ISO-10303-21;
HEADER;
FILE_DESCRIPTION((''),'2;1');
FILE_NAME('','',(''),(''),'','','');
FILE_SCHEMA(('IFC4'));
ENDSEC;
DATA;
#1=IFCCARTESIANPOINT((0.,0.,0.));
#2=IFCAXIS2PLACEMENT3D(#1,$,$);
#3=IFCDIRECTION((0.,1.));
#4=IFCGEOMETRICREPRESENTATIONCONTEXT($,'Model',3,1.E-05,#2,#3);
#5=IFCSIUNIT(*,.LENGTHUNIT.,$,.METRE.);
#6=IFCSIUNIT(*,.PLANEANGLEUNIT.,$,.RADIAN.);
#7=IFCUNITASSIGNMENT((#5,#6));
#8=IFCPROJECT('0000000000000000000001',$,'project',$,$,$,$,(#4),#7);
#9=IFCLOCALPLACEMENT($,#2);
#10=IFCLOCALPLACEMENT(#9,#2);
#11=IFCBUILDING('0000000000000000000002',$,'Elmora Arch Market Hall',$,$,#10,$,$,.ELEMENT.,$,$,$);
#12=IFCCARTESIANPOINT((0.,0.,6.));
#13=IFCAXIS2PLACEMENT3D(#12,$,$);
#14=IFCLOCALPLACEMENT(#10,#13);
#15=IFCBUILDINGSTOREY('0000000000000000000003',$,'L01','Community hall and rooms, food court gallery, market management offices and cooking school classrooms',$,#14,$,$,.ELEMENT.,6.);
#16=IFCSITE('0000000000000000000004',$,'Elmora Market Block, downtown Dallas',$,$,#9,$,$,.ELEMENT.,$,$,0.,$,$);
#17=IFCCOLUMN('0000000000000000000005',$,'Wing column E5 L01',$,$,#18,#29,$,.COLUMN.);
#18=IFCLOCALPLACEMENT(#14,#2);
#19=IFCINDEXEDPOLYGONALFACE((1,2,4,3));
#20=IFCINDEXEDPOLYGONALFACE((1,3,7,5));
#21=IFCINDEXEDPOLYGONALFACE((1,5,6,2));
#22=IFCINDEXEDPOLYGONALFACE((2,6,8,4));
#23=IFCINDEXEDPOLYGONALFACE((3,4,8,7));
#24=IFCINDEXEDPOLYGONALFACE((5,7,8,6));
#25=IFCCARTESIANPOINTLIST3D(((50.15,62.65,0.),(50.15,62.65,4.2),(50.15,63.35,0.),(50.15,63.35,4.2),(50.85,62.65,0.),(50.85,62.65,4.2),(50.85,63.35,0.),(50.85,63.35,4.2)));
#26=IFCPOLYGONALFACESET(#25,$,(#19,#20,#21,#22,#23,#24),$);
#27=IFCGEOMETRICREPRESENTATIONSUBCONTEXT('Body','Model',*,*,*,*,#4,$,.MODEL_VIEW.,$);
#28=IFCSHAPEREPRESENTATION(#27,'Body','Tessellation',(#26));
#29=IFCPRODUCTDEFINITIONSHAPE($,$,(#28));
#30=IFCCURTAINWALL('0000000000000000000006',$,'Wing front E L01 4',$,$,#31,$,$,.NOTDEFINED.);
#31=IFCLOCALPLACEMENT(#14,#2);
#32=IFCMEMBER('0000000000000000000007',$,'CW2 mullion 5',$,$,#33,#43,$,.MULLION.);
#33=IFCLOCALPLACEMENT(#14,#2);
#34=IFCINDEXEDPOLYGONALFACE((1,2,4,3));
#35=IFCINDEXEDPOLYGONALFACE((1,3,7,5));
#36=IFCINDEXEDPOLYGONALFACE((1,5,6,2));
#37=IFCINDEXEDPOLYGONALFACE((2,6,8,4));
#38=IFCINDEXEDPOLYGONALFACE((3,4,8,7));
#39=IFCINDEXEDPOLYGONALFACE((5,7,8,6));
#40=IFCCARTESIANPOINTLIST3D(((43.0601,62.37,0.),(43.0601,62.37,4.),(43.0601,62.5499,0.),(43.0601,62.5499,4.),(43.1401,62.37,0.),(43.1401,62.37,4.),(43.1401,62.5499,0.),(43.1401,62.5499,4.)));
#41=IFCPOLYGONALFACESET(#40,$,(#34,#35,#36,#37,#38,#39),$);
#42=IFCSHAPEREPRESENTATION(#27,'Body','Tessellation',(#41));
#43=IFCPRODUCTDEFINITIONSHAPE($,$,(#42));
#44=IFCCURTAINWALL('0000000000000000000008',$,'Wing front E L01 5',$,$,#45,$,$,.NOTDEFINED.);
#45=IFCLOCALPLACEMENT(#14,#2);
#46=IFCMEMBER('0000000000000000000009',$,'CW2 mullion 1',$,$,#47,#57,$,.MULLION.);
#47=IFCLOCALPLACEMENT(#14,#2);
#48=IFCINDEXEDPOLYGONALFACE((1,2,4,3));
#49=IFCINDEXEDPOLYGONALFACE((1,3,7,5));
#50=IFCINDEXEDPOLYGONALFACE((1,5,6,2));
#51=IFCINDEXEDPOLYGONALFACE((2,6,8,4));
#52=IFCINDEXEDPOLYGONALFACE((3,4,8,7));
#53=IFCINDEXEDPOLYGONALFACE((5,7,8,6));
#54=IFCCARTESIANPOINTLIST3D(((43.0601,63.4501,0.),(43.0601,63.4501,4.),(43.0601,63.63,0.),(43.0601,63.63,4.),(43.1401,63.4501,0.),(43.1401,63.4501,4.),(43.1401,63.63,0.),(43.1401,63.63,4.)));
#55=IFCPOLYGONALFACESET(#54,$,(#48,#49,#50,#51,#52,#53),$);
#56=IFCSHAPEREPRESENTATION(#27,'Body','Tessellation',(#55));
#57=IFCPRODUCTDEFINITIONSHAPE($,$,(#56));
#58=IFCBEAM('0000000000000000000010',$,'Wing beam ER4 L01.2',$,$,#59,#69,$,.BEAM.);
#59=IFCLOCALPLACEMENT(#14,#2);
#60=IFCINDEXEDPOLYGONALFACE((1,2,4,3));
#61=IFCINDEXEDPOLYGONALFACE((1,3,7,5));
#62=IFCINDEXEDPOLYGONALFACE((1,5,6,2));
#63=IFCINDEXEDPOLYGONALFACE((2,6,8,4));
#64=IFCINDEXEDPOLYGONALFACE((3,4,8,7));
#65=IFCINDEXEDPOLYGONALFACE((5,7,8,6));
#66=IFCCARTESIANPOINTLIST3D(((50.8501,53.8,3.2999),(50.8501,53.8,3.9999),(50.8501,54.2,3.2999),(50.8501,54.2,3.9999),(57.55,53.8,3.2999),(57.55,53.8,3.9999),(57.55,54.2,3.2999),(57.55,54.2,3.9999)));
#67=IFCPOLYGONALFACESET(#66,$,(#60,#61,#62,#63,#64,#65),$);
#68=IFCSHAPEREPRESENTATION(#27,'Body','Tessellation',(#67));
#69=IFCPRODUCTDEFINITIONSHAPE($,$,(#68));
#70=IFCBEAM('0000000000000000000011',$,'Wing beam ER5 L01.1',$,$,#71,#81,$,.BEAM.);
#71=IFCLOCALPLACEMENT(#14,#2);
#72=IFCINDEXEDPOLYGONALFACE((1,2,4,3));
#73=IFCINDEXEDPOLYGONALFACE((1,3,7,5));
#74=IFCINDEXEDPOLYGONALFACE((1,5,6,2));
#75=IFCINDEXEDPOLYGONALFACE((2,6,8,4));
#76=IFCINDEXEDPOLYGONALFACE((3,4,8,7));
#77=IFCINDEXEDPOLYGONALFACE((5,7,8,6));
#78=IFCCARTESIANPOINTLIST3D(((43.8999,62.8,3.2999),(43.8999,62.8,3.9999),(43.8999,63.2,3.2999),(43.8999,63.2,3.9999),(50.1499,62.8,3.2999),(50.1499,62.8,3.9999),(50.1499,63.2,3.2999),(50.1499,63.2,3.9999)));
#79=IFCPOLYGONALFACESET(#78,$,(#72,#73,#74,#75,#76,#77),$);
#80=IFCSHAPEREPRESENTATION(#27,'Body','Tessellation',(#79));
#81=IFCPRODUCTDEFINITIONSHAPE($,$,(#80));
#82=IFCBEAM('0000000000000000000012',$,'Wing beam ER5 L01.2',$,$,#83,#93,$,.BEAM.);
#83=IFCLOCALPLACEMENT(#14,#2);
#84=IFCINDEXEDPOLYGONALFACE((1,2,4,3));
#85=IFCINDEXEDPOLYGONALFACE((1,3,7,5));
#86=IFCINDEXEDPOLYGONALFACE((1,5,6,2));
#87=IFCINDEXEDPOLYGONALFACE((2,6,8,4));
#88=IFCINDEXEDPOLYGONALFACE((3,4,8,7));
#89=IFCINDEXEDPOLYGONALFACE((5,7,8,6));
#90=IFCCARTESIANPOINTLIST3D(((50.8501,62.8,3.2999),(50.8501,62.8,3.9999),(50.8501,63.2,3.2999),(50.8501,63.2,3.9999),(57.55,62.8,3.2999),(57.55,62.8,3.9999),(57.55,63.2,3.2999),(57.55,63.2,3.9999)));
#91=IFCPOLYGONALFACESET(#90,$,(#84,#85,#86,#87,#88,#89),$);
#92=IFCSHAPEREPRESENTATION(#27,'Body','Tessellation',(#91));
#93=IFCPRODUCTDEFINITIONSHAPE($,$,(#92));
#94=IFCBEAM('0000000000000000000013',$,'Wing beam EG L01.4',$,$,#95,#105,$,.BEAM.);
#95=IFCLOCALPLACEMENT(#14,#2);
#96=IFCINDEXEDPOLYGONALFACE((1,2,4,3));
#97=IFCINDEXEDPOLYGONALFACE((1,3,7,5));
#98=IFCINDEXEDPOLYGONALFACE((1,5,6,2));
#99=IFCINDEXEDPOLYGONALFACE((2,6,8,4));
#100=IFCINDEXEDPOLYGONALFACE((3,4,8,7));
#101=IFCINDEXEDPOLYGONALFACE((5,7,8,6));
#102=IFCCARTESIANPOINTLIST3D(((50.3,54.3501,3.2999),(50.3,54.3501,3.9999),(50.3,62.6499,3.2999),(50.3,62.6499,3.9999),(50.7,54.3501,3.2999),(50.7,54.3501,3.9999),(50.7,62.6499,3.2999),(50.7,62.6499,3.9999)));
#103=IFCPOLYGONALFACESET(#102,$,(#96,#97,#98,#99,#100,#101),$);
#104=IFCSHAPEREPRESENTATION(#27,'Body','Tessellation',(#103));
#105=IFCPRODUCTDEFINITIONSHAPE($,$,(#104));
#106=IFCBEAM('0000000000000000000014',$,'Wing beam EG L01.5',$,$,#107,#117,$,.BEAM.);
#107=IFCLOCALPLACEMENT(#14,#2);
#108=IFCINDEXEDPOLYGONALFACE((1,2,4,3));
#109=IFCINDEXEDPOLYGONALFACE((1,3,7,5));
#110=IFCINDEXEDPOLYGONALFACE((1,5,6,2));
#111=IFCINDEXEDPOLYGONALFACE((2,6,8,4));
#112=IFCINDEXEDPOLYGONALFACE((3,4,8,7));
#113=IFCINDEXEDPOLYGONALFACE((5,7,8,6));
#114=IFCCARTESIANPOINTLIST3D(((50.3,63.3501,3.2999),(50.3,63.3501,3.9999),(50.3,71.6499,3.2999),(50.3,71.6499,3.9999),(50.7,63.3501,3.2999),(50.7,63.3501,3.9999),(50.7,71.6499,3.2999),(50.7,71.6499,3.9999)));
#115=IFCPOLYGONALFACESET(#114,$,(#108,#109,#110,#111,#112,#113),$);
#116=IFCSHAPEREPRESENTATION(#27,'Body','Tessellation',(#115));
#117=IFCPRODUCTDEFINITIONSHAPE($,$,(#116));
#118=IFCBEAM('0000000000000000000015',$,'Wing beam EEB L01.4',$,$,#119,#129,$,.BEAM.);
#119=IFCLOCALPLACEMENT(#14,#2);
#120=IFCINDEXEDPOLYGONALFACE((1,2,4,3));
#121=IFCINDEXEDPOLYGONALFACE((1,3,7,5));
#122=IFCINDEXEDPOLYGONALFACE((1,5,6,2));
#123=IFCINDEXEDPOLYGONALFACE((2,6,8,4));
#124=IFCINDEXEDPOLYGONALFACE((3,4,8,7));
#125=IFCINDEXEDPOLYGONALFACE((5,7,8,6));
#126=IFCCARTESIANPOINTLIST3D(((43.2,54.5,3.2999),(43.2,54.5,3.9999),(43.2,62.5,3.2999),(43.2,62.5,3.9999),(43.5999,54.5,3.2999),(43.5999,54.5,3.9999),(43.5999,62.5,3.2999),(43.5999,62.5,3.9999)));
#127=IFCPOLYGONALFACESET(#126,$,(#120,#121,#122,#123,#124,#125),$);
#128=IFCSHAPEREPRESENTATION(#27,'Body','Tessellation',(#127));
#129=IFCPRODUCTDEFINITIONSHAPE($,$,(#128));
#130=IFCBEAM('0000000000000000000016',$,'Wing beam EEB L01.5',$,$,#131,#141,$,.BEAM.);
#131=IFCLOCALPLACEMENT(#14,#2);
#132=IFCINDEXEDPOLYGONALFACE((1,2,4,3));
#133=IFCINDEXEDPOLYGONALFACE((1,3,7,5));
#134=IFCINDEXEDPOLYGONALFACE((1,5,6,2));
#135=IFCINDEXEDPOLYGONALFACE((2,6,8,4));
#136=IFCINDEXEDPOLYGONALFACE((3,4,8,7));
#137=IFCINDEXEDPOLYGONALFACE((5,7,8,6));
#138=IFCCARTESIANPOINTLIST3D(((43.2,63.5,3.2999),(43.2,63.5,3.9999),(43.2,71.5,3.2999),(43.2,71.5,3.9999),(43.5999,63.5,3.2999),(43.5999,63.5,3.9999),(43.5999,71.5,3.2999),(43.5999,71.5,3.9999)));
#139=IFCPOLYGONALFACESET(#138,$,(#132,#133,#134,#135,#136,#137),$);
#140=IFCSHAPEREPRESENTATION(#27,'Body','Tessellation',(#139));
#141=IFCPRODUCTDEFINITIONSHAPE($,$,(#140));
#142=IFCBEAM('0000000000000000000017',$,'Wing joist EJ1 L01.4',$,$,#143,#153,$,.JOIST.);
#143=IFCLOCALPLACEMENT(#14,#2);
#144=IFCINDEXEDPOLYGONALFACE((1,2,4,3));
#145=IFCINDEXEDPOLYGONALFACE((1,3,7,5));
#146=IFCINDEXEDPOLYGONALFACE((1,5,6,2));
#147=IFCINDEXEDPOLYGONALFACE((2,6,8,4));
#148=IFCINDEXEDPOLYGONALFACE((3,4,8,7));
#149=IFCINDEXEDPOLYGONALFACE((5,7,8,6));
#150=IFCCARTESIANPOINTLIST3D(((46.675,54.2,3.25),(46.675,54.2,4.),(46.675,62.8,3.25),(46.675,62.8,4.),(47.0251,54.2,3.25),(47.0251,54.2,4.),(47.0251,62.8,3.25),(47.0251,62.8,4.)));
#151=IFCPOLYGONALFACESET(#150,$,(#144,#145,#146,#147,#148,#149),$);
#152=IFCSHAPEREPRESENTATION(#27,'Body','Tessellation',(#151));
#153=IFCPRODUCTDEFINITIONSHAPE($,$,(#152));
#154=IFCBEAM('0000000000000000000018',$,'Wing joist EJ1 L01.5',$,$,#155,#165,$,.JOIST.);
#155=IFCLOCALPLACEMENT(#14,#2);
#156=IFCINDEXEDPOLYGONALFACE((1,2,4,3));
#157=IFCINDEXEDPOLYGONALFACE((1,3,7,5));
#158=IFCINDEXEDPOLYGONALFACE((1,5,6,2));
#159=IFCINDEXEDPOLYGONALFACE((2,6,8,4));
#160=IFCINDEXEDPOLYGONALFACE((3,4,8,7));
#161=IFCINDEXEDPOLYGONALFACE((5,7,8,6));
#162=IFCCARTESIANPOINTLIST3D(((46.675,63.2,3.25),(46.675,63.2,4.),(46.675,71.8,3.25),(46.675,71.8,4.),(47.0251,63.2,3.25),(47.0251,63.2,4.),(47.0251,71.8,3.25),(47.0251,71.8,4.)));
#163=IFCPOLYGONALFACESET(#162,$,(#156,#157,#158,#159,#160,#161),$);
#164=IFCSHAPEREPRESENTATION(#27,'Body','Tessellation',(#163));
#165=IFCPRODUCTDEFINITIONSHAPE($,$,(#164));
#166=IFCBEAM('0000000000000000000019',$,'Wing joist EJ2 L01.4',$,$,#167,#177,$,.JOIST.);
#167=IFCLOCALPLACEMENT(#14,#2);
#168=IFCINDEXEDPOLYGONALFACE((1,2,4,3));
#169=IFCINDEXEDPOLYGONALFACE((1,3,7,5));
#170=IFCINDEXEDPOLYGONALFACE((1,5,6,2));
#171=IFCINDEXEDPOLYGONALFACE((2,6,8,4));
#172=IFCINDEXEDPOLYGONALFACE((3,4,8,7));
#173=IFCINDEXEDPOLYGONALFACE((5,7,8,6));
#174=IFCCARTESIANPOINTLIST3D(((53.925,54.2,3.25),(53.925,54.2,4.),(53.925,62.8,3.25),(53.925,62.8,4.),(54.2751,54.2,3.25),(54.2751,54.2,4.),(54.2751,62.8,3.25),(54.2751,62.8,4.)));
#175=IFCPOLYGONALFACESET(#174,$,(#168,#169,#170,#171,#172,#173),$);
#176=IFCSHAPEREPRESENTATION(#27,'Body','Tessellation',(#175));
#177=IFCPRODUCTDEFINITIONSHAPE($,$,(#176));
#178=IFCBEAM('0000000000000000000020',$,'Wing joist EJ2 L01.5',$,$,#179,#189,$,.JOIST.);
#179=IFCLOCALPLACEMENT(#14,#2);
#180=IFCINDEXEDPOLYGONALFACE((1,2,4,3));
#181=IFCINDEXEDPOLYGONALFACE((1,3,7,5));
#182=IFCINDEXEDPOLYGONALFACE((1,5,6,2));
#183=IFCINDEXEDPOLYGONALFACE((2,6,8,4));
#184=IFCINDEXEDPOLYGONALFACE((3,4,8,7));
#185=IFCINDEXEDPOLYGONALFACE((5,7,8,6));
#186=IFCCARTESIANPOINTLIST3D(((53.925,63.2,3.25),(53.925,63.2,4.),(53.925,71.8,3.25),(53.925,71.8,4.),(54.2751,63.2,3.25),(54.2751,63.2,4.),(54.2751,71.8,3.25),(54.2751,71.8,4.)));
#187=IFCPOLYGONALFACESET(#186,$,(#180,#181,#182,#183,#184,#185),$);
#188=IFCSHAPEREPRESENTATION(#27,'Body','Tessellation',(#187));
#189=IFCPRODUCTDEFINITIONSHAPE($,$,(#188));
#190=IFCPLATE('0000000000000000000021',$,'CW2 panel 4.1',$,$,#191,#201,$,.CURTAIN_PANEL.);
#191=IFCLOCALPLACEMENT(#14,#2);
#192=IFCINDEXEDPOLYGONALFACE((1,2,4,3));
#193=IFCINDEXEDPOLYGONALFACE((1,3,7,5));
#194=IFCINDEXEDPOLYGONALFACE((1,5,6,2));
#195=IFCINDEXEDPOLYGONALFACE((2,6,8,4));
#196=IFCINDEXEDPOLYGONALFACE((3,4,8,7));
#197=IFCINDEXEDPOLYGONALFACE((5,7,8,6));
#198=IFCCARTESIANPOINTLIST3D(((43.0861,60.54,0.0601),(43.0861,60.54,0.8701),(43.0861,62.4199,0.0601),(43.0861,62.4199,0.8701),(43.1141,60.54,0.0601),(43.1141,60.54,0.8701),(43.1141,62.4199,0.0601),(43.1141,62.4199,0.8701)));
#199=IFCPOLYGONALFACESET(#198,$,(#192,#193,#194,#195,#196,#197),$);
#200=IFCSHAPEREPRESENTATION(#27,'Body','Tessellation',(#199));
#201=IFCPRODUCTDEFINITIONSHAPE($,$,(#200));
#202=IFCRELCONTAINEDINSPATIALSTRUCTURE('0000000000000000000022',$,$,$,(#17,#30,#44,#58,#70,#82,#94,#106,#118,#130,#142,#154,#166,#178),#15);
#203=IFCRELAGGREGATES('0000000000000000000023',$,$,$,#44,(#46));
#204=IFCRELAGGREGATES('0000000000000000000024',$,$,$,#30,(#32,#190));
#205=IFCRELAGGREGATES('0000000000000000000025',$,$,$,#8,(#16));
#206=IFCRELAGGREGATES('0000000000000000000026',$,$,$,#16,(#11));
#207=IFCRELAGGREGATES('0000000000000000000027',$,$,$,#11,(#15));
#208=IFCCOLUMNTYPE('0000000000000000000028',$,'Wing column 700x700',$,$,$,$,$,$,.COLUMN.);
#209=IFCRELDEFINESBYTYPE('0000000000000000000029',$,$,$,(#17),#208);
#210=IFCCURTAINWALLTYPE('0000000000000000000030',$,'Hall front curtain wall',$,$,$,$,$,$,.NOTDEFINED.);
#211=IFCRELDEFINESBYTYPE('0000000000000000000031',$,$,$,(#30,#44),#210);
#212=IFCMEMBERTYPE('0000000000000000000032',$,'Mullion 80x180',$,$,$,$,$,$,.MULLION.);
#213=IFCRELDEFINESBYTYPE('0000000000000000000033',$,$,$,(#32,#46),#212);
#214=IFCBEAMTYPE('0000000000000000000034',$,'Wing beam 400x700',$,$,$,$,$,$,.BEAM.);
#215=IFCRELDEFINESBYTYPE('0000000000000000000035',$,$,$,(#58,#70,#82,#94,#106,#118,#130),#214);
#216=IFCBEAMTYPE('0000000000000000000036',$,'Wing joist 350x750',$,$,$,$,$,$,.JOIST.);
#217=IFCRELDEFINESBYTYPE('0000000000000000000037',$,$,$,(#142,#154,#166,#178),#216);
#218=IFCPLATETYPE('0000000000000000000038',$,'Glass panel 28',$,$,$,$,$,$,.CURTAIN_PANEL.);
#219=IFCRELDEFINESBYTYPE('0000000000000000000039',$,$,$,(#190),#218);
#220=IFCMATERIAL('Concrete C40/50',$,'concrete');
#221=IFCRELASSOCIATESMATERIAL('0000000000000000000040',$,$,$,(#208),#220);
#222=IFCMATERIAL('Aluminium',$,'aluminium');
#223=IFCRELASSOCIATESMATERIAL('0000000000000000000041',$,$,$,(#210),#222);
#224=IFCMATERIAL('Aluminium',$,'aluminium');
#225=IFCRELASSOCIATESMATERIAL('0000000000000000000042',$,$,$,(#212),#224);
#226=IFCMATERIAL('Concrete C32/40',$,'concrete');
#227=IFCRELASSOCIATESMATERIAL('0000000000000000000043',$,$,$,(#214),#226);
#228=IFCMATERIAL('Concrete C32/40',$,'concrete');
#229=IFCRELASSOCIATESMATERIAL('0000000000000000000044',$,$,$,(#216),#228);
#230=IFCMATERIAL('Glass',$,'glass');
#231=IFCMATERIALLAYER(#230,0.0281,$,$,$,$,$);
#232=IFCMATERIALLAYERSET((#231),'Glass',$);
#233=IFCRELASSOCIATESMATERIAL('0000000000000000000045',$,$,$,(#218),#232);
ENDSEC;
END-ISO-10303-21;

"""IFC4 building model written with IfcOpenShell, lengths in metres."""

from ifc_helpers import new_model, si_unit, direction, frame, origin, origin_2d, place, context, subcontext, project, spatial, rectangle, extrude, material, layer, layer_set, material_profile, profile_set, type_object, element, aggregate, save


model = new_model("IFC4")

# Units and contexts
model_context = context("Model", 3, precision=1e-05, world=origin(), true_north=direction((0.0, 1.0)))
body_context = subcontext(model_context, "Body", "Model", "MODEL_VIEW")
ifc_project = project(units=[si_unit("LENGTHUNIT", "METRE"), si_unit("PLANEANGLEUNIT", "RADIAN")], contexts=[model_context])

# Site, building, storey
site_placement = place(None, origin())
site = spatial("IfcSite", under=ifc_project, at=site_placement, Name="Elmora Market Block, downtown Dallas", CompositionType="ELEMENT", RefElevation=0.0)
building_placement = place(site_placement, origin())
building = spatial("IfcBuilding", under=site, at=building_placement, Name="Elmora Arch Market Hall", CompositionType="ELEMENT")
storey_placement = place(building_placement, frame((0.0, 0.0, 6.0)))
storey = spatial("IfcBuildingStorey", under=building, at=storey_placement, Name="L01", Description="Community hall and rooms, food court gallery, market management offices and cooking school classrooms", CompositionType="ELEMENT", Elevation=6.0)

# Column
ifc_material_1 = material(Name="Concrete C40/50", Category="concrete")
ifc_material_profile_1 = material_profile(ifc_material_1, rectangle(XDim=0.7, YDim=0.7, at=origin_2d()), Name="Wing column 700x700")
ifc_profile_set_1 = profile_set([ifc_material_profile_1], Name="Concrete C40/50")
column_type = type_object("IfcColumnType", Name="Wing column 700x700", PredefinedType="COLUMN", material=ifc_profile_set_1)
column_placement = place(storey_placement, frame((50.5, 63.0, 0.0), z_axis=(0.0, 0.0, 1.0), x_axis=(1.0, 0.0, 0.0)))
element("IfcColumn", 1, at=column_placement, inside=storey, type_object=column_type, Name="Wing column E5 L01", PredefinedType="COLUMN", context=body_context, shape_type="SweptSolid", body=[
    extrude(rectangle(XDim=0.7, YDim=0.7, at=origin_2d()), origin(), (0.0, 0.0, 1.0), 4.2),
])

# Curtain walls, members
ifc_material_2 = material(Name="Aluminium", Category="aluminium")
curtain_wall_type = type_object("IfcCurtainWallType", Name="Hall front curtain wall", PredefinedType="NOTDEFINED", material=ifc_material_2)
curtain_wall_1_placement = place(storey_placement, origin())
curtain_wall_1 = element("IfcCurtainWall", 2, at=curtain_wall_1_placement, inside=storey, type_object=curtain_wall_type, Name="Wing front E L01 4", PredefinedType="NOTDEFINED")
ifc_material_3 = material(Name="Aluminium", Category="aluminium")
ifc_material_profile_2 = material_profile(ifc_material_3, rectangle(XDim=0.0801, YDim=0.1799, at=origin_2d()), Name="AL 80x180")
ifc_profile_set_2 = profile_set([ifc_material_profile_2], Name="Aluminium")
member_type = type_object("IfcMemberType", Name="Mullion 80x180", PredefinedType="MULLION", material=ifc_profile_set_2)
member_1_placement = place(storey_placement, frame((43.1001, 62.46, 0.0), z_axis=(0.0, 0.0, 1.0), x_axis=(-1.0, 0.0, 0.0)))
member_1 = element("IfcMember", 3, at=member_1_placement, type_object=member_type, Name="CW2 mullion 5", PredefinedType="MULLION", context=body_context, shape_type="SweptSolid", body=[
    extrude(rectangle(XDim=0.0801, YDim=0.1799, at=origin_2d()), origin(), (0.0, 0.0, 1.0), 4.0),
])
curtain_wall_2_placement = place(storey_placement, origin())
curtain_wall_2 = element("IfcCurtainWall", 4, at=curtain_wall_2_placement, inside=storey, type_object=curtain_wall_type, Name="Wing front E L01 5", PredefinedType="NOTDEFINED")
member_2_placement = place(storey_placement, frame((43.1001, 63.54, 0.0), z_axis=(0.0, 0.0, 1.0), x_axis=(-1.0, 0.0, 0.0)))
member_2 = element("IfcMember", 5, at=member_2_placement, type_object=member_type, Name="CW2 mullion 1", PredefinedType="MULLION", context=body_context, shape_type="SweptSolid", body=[
    extrude(rectangle(XDim=0.0801, YDim=0.1799, at=origin_2d()), origin(), (0.0, 0.0, 1.0), 4.0),
])
aggregate(curtain_wall_2, [member_2])

# Beams
ifc_material_4 = material(Name="Concrete C32/40", Category="concrete")
ifc_material_profile_3 = material_profile(ifc_material_4, rectangle(XDim=0.3999, YDim=0.7, at=origin_2d()), Name="Wing beam 400x700")
ifc_profile_set_3 = profile_set([ifc_material_profile_3], Name="Concrete C32/40")
beam_type_1 = type_object("IfcBeamType", Name="Wing beam 400x700", PredefinedType="BEAM", material=ifc_profile_set_3)
beam_1_placement = place(storey_placement, frame((50.8501, 54.0, 3.6499), z_axis=(1.0, 0.0, 0.0), x_axis=(0.0, 1.0, 0.0)))
element("IfcBeam", 6, at=beam_1_placement, inside=storey, type_object=beam_type_1, Name="Wing beam ER4 L01.2", PredefinedType="BEAM", context=body_context, shape_type="SweptSolid", body=[
    extrude(rectangle(XDim=0.3999, YDim=0.7, at=origin_2d()), origin(), (0.0, 0.0, 1.0), 6.7),
])
beam_2_placement = place(storey_placement, frame((43.8999, 63.0, 3.6499), z_axis=(1.0, 0.0, 0.0), x_axis=(0.0, 1.0, 0.0)))
element("IfcBeam", 7, at=beam_2_placement, inside=storey, type_object=beam_type_1, Name="Wing beam ER5 L01.1", PredefinedType="BEAM", context=body_context, shape_type="SweptSolid", body=[
    extrude(rectangle(XDim=0.3999, YDim=0.7, at=origin_2d()), origin(), (0.0, 0.0, 1.0), 6.25),
])
beam_3_placement = place(storey_placement, frame((50.8501, 63.0, 3.6499), z_axis=(1.0, 0.0, 0.0), x_axis=(0.0, 1.0, 0.0)))
element("IfcBeam", 8, at=beam_3_placement, inside=storey, type_object=beam_type_1, Name="Wing beam ER5 L01.2", PredefinedType="BEAM", context=body_context, shape_type="SweptSolid", body=[
    extrude(rectangle(XDim=0.3999, YDim=0.7, at=origin_2d()), origin(), (0.0, 0.0, 1.0), 6.7),
])
for number, where, z_axis, x_axis, name in (
    (9, (50.5, 54.3501, 3.6499), (0.0, 1.0, 0.0), (-1.0, 0.0, 0.0), "Wing beam EG L01.4"),
    (10, (50.5, 63.3501, 3.6499), (0.0, 1.0, 0.0), (-1.0, 0.0, 0.0), "Wing beam EG L01.5"),
):
    element("IfcBeam", number, at=place(storey_placement, frame(where, z_axis=z_axis, x_axis=x_axis)), inside=storey, type_object=beam_type_1, Name=name, PredefinedType="BEAM", context=body_context, shape_type="SweptSolid", body=[
        extrude(rectangle(XDim=0.3999, YDim=0.7, at=origin_2d()), origin(), (0.0, 0.0, 1.0), 8.2998),
    ])
for number, where, z_axis, x_axis, name in (
    (11, (43.3999, 54.5, 3.6499), (0.0, 1.0, 0.0), (-1.0, 0.0, 0.0), "Wing beam EEB L01.4"),
    (12, (43.3999, 63.5, 3.6499), (0.0, 1.0, 0.0), (-1.0, 0.0, 0.0), "Wing beam EEB L01.5"),
):
    element("IfcBeam", number, at=place(storey_placement, frame(where, z_axis=z_axis, x_axis=x_axis)), inside=storey, type_object=beam_type_1, Name=name, PredefinedType="BEAM", context=body_context, shape_type="SweptSolid", body=[
        extrude(rectangle(XDim=0.3999, YDim=0.7, at=origin_2d()), origin(), (0.0, 0.0, 1.0), 8.0),
    ])
ifc_material_5 = material(Name="Concrete C32/40", Category="concrete")
ifc_material_profile_4 = material_profile(ifc_material_5, rectangle(XDim=0.3501, YDim=0.75, at=origin_2d()), Name="Wing joist 350x750")
ifc_profile_set_4 = profile_set([ifc_material_profile_4], Name="Concrete C32/40")
beam_type_2 = type_object("IfcBeamType", Name="Wing joist 350x750", PredefinedType="JOIST", material=ifc_profile_set_4)
for number, where, z_axis, x_axis, name in (
    (13, (46.8501, 54.2, 3.625), (0.0, 1.0, 0.0), (-1.0, 0.0, 0.0), "Wing joist EJ1 L01.4"),
    (14, (46.8501, 63.2, 3.625), (0.0, 1.0, 0.0), (-1.0, 0.0, 0.0), "Wing joist EJ1 L01.5"),
    (15, (54.1001, 54.2, 3.625), (0.0, 1.0, 0.0), (-1.0, 0.0, 0.0), "Wing joist EJ2 L01.4"),
    (16, (54.1001, 63.2, 3.625), (0.0, 1.0, 0.0), (-1.0, 0.0, 0.0), "Wing joist EJ2 L01.5"),
):
    element("IfcBeam", number, at=place(storey_placement, frame(where, z_axis=z_axis, x_axis=x_axis)), inside=storey, type_object=beam_type_2, Name=name, PredefinedType="JOIST", context=body_context, shape_type="SweptSolid", body=[
        extrude(rectangle(XDim=0.3501, YDim=0.75, at=origin_2d()), origin(), (0.0, 0.0, 1.0), 8.6001),
    ])

# Plate
ifc_material_6 = material(Name="Glass", Category="glass")
ifc_layer_1 = layer(ifc_material_6, 0.0281)
ifc_layer_set_1 = layer_set([ifc_layer_1], Name="Glass")
plate_type = type_object("IfcPlateType", Name="Glass panel 28", PredefinedType="CURTAIN_PANEL", material=ifc_layer_set_1)
plate_1_placement = place(storey_placement, frame((43.1001, 61.48, 0.0601), z_axis=(0.0, 0.0, 1.0), x_axis=(0.0, 1.0, 0.0)))
plate_1 = element("IfcPlate", 17, at=plate_1_placement, type_object=plate_type, Name="CW2 panel 4.1", PredefinedType="CURTAIN_PANEL", context=body_context, shape_type="SweptSolid", body=[
    extrude(rectangle(XDim=1.8799, YDim=0.0281, at=origin_2d()), origin(), (0.0, 0.0, 1.0), 0.8101),
])
aggregate(curtain_wall_1, [member_1, plate_1])

save(model, "model.ifc")
